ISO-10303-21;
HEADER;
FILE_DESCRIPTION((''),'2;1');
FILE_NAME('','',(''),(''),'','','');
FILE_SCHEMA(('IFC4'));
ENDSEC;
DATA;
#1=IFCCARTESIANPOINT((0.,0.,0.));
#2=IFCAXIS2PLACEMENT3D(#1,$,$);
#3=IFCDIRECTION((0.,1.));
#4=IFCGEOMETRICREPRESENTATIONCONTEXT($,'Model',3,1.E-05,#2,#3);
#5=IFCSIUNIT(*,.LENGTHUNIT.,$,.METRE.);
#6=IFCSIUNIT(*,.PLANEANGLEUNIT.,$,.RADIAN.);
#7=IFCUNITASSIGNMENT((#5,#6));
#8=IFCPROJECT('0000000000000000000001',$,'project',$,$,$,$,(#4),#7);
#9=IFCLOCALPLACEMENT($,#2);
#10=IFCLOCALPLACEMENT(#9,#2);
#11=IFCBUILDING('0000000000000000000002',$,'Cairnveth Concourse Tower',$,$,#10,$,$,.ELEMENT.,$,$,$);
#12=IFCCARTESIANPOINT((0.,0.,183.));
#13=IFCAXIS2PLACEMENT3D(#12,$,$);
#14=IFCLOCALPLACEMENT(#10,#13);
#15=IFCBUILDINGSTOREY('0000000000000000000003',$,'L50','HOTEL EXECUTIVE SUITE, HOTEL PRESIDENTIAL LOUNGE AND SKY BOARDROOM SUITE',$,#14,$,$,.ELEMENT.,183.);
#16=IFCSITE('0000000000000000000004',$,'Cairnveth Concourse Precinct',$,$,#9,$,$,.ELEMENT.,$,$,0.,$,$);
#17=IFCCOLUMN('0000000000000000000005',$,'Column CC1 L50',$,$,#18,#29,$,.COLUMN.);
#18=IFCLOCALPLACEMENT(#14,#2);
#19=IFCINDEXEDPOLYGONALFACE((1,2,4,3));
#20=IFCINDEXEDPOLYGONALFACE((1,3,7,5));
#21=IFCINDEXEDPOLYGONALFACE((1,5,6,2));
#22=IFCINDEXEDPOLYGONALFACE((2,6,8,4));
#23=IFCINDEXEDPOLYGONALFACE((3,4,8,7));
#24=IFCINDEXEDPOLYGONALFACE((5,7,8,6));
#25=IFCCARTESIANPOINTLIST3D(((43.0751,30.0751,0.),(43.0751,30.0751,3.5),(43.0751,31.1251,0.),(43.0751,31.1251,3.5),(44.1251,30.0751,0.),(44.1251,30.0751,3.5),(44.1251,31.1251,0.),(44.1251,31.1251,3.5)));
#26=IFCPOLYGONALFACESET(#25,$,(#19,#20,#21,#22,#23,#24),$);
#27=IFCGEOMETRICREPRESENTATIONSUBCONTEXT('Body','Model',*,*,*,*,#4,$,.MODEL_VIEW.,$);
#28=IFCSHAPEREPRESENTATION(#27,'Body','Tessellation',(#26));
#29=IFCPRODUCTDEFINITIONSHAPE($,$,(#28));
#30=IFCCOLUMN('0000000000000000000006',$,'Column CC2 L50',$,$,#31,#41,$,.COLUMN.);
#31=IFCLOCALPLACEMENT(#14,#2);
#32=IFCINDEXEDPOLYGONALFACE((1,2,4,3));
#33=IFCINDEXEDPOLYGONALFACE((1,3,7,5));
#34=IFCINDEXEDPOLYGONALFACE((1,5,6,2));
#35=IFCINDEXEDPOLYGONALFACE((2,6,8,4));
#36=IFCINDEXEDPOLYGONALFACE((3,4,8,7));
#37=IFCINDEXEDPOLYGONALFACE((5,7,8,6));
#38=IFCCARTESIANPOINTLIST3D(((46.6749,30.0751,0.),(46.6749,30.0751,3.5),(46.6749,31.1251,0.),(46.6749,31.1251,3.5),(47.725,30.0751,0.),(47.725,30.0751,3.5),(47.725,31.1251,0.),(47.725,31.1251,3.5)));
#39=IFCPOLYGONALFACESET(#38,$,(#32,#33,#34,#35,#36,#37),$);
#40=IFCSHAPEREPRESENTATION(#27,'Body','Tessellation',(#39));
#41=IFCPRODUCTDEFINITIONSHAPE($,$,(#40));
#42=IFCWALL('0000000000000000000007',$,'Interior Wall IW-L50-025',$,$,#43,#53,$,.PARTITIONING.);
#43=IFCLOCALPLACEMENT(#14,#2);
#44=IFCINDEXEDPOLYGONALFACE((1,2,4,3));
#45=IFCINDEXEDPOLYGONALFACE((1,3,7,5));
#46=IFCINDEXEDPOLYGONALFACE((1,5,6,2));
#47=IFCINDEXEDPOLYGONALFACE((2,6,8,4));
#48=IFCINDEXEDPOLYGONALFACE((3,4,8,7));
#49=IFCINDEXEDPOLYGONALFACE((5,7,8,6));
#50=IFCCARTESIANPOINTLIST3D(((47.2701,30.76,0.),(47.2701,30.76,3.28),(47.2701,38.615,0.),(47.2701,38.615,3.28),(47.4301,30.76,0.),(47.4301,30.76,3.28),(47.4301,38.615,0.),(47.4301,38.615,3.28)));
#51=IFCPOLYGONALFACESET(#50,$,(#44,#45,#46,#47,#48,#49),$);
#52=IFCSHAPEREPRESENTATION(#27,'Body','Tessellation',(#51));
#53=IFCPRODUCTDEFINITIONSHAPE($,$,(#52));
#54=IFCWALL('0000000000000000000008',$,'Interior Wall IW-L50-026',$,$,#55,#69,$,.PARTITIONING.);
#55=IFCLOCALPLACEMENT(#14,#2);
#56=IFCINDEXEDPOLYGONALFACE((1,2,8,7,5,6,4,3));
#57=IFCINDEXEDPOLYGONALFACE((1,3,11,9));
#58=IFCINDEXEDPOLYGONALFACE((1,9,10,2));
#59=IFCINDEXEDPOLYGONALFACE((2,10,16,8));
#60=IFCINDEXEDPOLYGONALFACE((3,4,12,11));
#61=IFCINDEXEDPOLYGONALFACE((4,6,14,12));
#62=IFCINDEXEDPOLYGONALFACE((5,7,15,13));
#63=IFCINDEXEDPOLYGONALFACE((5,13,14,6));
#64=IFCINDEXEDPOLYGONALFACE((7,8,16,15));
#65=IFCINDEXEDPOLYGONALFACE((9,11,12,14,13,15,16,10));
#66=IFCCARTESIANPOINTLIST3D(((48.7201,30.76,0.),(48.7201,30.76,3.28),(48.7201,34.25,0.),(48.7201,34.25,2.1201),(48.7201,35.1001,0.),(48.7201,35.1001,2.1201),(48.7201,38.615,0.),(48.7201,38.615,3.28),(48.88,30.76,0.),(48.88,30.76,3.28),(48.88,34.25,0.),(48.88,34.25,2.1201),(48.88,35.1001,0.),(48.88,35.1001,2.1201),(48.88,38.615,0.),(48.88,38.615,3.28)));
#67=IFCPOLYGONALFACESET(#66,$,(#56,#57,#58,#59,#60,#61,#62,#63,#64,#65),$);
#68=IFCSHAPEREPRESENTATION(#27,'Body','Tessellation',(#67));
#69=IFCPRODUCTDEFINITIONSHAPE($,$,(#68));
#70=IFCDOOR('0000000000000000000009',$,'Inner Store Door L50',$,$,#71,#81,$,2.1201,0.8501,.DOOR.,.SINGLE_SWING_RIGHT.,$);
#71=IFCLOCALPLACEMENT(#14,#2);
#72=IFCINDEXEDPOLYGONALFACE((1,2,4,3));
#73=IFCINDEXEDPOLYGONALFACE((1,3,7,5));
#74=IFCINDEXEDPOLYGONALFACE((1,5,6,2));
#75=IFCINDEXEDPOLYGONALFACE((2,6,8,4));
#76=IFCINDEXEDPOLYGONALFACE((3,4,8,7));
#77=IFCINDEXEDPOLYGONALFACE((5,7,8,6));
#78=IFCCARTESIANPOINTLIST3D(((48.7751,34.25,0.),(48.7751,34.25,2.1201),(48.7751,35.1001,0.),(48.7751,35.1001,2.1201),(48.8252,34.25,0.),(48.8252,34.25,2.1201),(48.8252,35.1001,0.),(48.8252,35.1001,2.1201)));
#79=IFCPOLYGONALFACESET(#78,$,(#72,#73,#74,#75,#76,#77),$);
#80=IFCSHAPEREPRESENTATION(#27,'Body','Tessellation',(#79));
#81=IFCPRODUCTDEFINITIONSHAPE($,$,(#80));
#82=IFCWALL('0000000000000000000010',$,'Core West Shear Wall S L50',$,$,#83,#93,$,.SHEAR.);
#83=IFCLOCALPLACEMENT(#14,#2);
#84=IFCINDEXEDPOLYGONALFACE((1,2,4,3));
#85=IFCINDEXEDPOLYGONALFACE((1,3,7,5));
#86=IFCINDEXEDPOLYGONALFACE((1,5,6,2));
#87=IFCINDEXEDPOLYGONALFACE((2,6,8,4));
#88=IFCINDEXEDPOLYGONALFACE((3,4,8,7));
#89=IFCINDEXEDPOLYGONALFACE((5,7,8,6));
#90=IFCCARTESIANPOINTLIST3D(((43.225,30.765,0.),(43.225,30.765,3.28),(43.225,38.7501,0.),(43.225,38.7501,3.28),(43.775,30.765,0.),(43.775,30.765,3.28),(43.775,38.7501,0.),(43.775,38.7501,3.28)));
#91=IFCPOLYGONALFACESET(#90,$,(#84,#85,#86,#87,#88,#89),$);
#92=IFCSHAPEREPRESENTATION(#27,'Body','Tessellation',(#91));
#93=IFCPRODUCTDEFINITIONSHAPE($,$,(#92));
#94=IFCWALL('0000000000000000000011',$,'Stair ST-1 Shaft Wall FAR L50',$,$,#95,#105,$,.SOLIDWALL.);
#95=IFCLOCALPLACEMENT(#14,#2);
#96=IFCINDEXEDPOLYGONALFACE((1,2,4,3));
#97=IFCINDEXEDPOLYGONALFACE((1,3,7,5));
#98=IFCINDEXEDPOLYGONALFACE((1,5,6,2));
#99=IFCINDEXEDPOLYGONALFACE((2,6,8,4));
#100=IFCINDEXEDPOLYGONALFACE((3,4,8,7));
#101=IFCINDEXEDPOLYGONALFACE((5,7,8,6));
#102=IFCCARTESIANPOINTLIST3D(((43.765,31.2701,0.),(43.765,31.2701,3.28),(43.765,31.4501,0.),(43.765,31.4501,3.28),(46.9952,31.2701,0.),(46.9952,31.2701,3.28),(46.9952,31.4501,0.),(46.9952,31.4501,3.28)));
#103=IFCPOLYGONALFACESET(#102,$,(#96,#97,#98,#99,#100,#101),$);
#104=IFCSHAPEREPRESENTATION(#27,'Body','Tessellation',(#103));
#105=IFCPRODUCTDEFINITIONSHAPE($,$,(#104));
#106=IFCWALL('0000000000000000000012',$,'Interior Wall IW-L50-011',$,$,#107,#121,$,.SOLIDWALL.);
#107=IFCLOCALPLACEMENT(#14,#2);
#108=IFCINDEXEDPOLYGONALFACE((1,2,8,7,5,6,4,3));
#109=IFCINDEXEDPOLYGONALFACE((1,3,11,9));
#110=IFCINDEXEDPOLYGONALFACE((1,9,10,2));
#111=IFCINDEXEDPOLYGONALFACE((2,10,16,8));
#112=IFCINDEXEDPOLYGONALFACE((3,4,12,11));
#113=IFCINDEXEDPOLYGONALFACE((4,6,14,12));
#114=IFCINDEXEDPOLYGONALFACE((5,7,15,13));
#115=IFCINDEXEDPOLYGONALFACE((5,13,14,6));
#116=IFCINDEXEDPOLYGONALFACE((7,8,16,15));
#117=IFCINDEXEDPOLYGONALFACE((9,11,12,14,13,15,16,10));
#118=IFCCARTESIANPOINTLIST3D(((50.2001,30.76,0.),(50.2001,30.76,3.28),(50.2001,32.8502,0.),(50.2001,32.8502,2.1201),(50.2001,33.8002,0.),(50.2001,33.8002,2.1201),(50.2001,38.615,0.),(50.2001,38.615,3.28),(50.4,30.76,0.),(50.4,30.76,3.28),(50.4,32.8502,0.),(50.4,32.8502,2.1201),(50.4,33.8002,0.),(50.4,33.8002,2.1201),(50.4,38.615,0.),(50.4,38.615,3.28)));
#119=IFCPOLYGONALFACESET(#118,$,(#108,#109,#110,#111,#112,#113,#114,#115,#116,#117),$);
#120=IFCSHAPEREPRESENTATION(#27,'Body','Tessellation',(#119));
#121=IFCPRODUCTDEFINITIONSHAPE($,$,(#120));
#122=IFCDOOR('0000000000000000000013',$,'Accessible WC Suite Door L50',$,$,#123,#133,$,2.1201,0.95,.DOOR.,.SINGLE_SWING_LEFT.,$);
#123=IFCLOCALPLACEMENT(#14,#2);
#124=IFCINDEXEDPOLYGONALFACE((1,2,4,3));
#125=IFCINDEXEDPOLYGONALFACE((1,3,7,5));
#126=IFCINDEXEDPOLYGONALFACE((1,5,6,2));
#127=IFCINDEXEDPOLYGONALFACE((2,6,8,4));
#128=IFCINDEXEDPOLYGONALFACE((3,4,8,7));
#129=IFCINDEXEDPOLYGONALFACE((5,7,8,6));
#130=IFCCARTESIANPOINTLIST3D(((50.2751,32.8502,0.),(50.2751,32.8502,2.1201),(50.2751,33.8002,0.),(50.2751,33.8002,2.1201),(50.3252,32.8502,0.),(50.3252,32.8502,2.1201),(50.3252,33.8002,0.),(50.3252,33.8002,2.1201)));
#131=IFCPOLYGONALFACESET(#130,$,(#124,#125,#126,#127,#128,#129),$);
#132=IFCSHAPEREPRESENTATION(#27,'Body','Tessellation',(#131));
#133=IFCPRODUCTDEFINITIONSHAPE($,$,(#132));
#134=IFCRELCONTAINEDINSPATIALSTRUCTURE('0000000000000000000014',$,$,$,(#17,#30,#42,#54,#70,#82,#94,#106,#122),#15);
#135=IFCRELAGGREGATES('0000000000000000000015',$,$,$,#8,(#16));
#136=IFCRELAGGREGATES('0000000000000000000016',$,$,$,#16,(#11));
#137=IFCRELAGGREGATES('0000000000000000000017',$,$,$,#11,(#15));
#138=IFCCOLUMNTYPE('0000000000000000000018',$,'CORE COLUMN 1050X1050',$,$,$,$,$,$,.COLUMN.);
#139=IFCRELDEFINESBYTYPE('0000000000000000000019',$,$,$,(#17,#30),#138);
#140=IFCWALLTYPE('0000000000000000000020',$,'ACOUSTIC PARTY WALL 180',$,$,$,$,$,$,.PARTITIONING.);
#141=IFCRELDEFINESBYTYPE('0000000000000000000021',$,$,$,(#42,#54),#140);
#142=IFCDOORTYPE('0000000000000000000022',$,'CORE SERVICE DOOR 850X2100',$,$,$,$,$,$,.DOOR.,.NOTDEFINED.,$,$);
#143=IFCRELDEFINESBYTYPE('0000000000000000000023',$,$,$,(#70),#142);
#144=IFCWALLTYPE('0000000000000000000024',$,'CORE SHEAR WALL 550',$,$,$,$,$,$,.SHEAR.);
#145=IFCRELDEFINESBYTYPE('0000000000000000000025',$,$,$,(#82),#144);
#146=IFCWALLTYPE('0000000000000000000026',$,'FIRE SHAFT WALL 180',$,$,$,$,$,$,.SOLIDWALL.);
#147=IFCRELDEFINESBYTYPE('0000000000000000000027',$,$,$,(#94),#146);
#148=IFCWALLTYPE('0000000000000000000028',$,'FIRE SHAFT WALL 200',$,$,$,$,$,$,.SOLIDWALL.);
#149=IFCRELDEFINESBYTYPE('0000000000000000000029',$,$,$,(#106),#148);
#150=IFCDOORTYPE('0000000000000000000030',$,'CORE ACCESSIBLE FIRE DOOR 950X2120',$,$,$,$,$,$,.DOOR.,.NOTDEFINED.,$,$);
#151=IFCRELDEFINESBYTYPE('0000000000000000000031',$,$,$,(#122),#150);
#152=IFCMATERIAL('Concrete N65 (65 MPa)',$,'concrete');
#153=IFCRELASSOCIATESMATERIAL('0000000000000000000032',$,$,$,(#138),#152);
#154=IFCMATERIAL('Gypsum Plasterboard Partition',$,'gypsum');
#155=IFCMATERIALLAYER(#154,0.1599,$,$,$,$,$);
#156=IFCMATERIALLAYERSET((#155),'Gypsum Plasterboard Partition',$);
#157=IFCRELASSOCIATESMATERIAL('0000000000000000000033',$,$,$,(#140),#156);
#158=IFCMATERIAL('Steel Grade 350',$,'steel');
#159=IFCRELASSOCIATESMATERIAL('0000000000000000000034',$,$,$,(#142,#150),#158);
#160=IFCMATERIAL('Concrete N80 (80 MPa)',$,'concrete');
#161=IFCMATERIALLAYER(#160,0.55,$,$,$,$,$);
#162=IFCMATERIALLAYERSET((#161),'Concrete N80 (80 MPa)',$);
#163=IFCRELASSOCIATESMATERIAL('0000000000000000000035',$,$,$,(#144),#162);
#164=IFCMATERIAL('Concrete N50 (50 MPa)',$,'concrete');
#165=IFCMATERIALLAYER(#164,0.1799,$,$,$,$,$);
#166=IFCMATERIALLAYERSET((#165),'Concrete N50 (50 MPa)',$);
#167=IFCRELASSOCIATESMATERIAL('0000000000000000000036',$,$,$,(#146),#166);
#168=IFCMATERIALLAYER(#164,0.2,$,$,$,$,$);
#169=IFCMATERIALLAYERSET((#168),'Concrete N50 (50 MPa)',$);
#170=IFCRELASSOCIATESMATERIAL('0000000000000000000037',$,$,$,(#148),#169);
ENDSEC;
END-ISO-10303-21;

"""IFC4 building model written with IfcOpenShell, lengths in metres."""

from ifc_helpers import new_model, si_unit, direction, frame, frame_2d, origin, origin_2d, place, context, subcontext, project, spatial, rectangle, extrude, material, layer, layer_set, material_profile, profile_set, type_object, element, fill, save


model = new_model("IFC4")

# Units and contexts
model_context = context("Model", 3, precision=1e-05, world=origin(), true_north=direction((0.0, 1.0)))
body_context = subcontext(model_context, "Body", "Model", "MODEL_VIEW")
ifc_project = project(units=[si_unit("LENGTHUNIT", "METRE"), si_unit("PLANEANGLEUNIT", "RADIAN")], contexts=[model_context])

# Site, building, storey
site_placement = place(None, origin())
site = spatial("IfcSite", under=ifc_project, at=site_placement, Name="Cairnveth Concourse Precinct", CompositionType="ELEMENT", RefElevation=0.0)
building_placement = place(site_placement, origin())
building = spatial("IfcBuilding", under=site, at=building_placement, Name="Cairnveth Concourse Tower", CompositionType="ELEMENT")
storey_placement = place(building_placement, frame((0.0, 0.0, 183.0)))
storey = spatial("IfcBuildingStorey", under=building, at=storey_placement, Name="L50", Description="HOTEL EXECUTIVE SUITE, HOTEL PRESIDENTIAL LOUNGE AND SKY BOARDROOM SUITE", CompositionType="ELEMENT", Elevation=183.0)

# Columns
ifc_material_1 = material(Name="Concrete N65 (65 MPa)", Category="concrete")
ifc_material_profile = material_profile(ifc_material_1, rectangle(XDim=1.05, YDim=1.05, at=origin_2d()), Name="RC-COL-1050x1050")
ifc_profile_set = profile_set([ifc_material_profile], Name="Concrete N65 (65 MPa)")
column_type = type_object("IfcColumnType", Name="CORE COLUMN 1050X1050", PredefinedType="COLUMN", material=ifc_profile_set)
for number, where, z_axis, x_axis, name in (
    (1, (43.6001, 30.6001, 0.0), (0.0, 0.0, 1.0), (1.0, 0.0, 0.0), "Column CC1 L50"),
    (2, (47.2, 30.6001, 0.0), (0.0, 0.0, 1.0), (1.0, 0.0, 0.0), "Column CC2 L50"),
):
    element("IfcColumn", number, at=place(storey_placement, frame(where, z_axis=z_axis, x_axis=x_axis)), inside=storey, type_object=column_type, Name=name, PredefinedType="COLUMN", context=body_context, shape_type="SweptSolid", body=[
        extrude(rectangle(XDim=1.05, YDim=1.05, at=origin_2d()), origin(), (0.0, 0.0, 1.0), 3.5),
    ])

# Wall
ifc_material_2 = material(Name="Gypsum Plasterboard Partition", Category="gypsum")
ifc_layer_1 = layer(ifc_material_2, 0.1599)
ifc_layer_set_1 = layer_set([ifc_layer_1], Name="Gypsum Plasterboard Partition")
wall_type_1 = type_object("IfcWallType", Name="ACOUSTIC PARTY WALL 180", PredefinedType="PARTITIONING", material=ifc_layer_set_1)
wall_1_placement = place(storey_placement, frame((47.3501, 30.76, 0.0), z_axis=(0.0, 0.0, 1.0), x_axis=(0.0, 1.0, 0.0)))
element("IfcWall", 3, at=wall_1_placement, inside=storey, type_object=wall_type_1, Name="Interior Wall IW-L50-025", PredefinedType="PARTITIONING", context=body_context, shape_type="SweptSolid", body=[
    extrude(rectangle(XDim=7.855, YDim=0.1599, at=frame_2d((3.9275, 0.0))), origin(), (0.0, 0.0, 1.0), 3.28),
])

# Wall, opening, door
wall_2_placement = place(storey_placement, frame((48.8, 30.76, 0.0), z_axis=(0.0, 0.0, 1.0), x_axis=(0.0, 1.0, 0.0)))
wall_2 = element("IfcWall", 4, at=wall_2_placement, inside=storey, type_object=wall_type_1, Name="Interior Wall IW-L50-026", PredefinedType="PARTITIONING", context=body_context, shape_type="SweptSolid", body=[
    extrude(rectangle(XDim=7.855, YDim=0.1599, at=frame_2d((3.9275, 0.0))), origin(), (0.0, 0.0, 1.0), 3.28),
])
opening_1_placement = place(wall_2_placement, frame((3.49, 0.0, 0.0)))
opening_1 = element("IfcOpeningElement", 5, at=opening_1_placement, cuts=wall_2, PredefinedType="OPENING", context=body_context, shape_type="SweptSolid", body=[
    extrude(rectangle(XDim=0.8501, YDim=2.1201, at=frame_2d((0.425, 1.0601))), frame((0.0, 0.0898, 0.0), z_axis=(0.0, -1.0, 0.0), x_axis=(1.0, 0.0, 0.0)), (0.0, 0.0, 1.0), 0.1799),
])
ifc_material_3 = material(Name="Steel Grade 350", Category="steel")
door_type_1 = type_object("IfcDoorType", Name="CORE SERVICE DOOR 850X2100", OperationType="NOTDEFINED", PredefinedType="DOOR", material=ifc_material_3)
door_1_placement = place(opening_1_placement, origin())
door_1 = element("IfcDoor", 6, at=door_1_placement, inside=storey, type_object=door_type_1, Name="Inner Store Door L50", OperationType="SINGLE_SWING_RIGHT", OverallHeight=2.1201, OverallWidth=0.8501, PredefinedType="DOOR", context=body_context, shape_type="SweptSolid", body=[
    extrude(rectangle(XDim=0.8501, YDim=2.1201, at=frame_2d((0.425, 1.0601))), frame((0.0, 0.0249, 0.0), z_axis=(0.0, -1.0, 0.0), x_axis=(1.0, 0.0, 0.0)), (0.0, 0.0, 1.0), 0.05),
])
fill(opening_1, door_1)

# Walls
ifc_material_4 = material(Name="Concrete N80 (80 MPa)", Category="concrete")
ifc_layer_2 = layer(ifc_material_4, 0.55)
ifc_layer_set_2 = layer_set([ifc_layer_2], Name="Concrete N80 (80 MPa)")
wall_type_2 = type_object("IfcWallType", Name="CORE SHEAR WALL 550", PredefinedType="SHEAR", material=ifc_layer_set_2)
wall_3_placement = place(storey_placement, frame((43.5, 30.7649, 0.0), z_axis=(0.0, 0.0, 1.0), x_axis=(0.0, 1.0, 0.0)))
element("IfcWall", 7, at=wall_3_placement, inside=storey, type_object=wall_type_2, Name="Core West Shear Wall S L50", PredefinedType="SHEAR", context=body_context, shape_type="SweptSolid", body=[
    extrude(rectangle(XDim=7.9851, YDim=0.55, at=frame_2d((3.9927, 0.0))), origin(), (0.0, 0.0, 1.0), 3.28),
])
ifc_material_5 = material(Name="Concrete N50 (50 MPa)", Category="concrete")
ifc_layer_3 = layer(ifc_material_5, 0.1799)
ifc_layer_set_3 = layer_set([ifc_layer_3], Name="Concrete N50 (50 MPa)")
wall_type_3 = type_object("IfcWallType", Name="FIRE SHAFT WALL 180", PredefinedType="SOLIDWALL", material=ifc_layer_set_3)
wall_4_placement = place(storey_placement, frame((43.7649, 31.3601, 0.0), z_axis=(0.0, 0.0, 1.0), x_axis=(1.0, 0.0, 0.0)))
element("IfcWall", 8, at=wall_4_placement, inside=storey, type_object=wall_type_3, Name="Stair ST-1 Shaft Wall FAR L50", PredefinedType="SOLIDWALL", context=body_context, shape_type="SweptSolid", body=[
    extrude(rectangle(XDim=3.2302, YDim=0.1799, at=frame_2d((1.6152, 0.0))), origin(), (0.0, 0.0, 1.0), 3.28),
])

# Wall, opening, door
ifc_layer_4 = layer(ifc_material_5, 0.2)
ifc_layer_set_4 = layer_set([ifc_layer_4], Name="Concrete N50 (50 MPa)")
wall_type_4 = type_object("IfcWallType", Name="FIRE SHAFT WALL 200", PredefinedType="SOLIDWALL", material=ifc_layer_set_4)
wall_5_placement = place(storey_placement, frame((50.3, 30.76, 0.0), z_axis=(0.0, 0.0, 1.0), x_axis=(0.0, 1.0, 0.0)))
wall_5 = element("IfcWall", 9, at=wall_5_placement, inside=storey, type_object=wall_type_4, Name="Interior Wall IW-L50-011", PredefinedType="SOLIDWALL", context=body_context, shape_type="SweptSolid", body=[
    extrude(rectangle(XDim=7.855, YDim=0.2, at=frame_2d((3.9275, 0.0))), origin(), (0.0, 0.0, 1.0), 3.28),
])
opening_2_placement = place(wall_5_placement, frame((2.0901, 0.0, 0.0)))
opening_2 = element("IfcOpeningElement", 10, at=opening_2_placement, cuts=wall_5, PredefinedType="OPENING", context=body_context, shape_type="SweptSolid", body=[
    extrude(rectangle(XDim=0.95, YDim=2.1201, at=frame_2d((0.4751, 1.0601))), frame((0.0, 0.1099, 0.0), z_axis=(0.0, -1.0, 0.0), x_axis=(1.0, 0.0, 0.0)), (0.0, 0.0, 1.0), 0.22),
])
door_type_2 = type_object("IfcDoorType", Name="CORE ACCESSIBLE FIRE DOOR 950X2120", OperationType="NOTDEFINED", PredefinedType="DOOR", material=ifc_material_3)
door_2_placement = place(opening_2_placement, origin())
door_2 = element("IfcDoor", 11, at=door_2_placement, inside=storey, type_object=door_type_2, Name="Accessible WC Suite Door L50", OperationType="SINGLE_SWING_LEFT", OverallHeight=2.1201, OverallWidth=0.95, PredefinedType="DOOR", context=body_context, shape_type="SweptSolid", body=[
    extrude(rectangle(XDim=0.95, YDim=2.1201, at=frame_2d((0.4751, 1.0601))), frame((0.0, 0.0249, 0.0), z_axis=(0.0, -1.0, 0.0), x_axis=(1.0, 0.0, 0.0)), (0.0, 0.0, 1.0), 0.05),
])
fill(opening_2, door_2)

save(model, "model.ifc")
